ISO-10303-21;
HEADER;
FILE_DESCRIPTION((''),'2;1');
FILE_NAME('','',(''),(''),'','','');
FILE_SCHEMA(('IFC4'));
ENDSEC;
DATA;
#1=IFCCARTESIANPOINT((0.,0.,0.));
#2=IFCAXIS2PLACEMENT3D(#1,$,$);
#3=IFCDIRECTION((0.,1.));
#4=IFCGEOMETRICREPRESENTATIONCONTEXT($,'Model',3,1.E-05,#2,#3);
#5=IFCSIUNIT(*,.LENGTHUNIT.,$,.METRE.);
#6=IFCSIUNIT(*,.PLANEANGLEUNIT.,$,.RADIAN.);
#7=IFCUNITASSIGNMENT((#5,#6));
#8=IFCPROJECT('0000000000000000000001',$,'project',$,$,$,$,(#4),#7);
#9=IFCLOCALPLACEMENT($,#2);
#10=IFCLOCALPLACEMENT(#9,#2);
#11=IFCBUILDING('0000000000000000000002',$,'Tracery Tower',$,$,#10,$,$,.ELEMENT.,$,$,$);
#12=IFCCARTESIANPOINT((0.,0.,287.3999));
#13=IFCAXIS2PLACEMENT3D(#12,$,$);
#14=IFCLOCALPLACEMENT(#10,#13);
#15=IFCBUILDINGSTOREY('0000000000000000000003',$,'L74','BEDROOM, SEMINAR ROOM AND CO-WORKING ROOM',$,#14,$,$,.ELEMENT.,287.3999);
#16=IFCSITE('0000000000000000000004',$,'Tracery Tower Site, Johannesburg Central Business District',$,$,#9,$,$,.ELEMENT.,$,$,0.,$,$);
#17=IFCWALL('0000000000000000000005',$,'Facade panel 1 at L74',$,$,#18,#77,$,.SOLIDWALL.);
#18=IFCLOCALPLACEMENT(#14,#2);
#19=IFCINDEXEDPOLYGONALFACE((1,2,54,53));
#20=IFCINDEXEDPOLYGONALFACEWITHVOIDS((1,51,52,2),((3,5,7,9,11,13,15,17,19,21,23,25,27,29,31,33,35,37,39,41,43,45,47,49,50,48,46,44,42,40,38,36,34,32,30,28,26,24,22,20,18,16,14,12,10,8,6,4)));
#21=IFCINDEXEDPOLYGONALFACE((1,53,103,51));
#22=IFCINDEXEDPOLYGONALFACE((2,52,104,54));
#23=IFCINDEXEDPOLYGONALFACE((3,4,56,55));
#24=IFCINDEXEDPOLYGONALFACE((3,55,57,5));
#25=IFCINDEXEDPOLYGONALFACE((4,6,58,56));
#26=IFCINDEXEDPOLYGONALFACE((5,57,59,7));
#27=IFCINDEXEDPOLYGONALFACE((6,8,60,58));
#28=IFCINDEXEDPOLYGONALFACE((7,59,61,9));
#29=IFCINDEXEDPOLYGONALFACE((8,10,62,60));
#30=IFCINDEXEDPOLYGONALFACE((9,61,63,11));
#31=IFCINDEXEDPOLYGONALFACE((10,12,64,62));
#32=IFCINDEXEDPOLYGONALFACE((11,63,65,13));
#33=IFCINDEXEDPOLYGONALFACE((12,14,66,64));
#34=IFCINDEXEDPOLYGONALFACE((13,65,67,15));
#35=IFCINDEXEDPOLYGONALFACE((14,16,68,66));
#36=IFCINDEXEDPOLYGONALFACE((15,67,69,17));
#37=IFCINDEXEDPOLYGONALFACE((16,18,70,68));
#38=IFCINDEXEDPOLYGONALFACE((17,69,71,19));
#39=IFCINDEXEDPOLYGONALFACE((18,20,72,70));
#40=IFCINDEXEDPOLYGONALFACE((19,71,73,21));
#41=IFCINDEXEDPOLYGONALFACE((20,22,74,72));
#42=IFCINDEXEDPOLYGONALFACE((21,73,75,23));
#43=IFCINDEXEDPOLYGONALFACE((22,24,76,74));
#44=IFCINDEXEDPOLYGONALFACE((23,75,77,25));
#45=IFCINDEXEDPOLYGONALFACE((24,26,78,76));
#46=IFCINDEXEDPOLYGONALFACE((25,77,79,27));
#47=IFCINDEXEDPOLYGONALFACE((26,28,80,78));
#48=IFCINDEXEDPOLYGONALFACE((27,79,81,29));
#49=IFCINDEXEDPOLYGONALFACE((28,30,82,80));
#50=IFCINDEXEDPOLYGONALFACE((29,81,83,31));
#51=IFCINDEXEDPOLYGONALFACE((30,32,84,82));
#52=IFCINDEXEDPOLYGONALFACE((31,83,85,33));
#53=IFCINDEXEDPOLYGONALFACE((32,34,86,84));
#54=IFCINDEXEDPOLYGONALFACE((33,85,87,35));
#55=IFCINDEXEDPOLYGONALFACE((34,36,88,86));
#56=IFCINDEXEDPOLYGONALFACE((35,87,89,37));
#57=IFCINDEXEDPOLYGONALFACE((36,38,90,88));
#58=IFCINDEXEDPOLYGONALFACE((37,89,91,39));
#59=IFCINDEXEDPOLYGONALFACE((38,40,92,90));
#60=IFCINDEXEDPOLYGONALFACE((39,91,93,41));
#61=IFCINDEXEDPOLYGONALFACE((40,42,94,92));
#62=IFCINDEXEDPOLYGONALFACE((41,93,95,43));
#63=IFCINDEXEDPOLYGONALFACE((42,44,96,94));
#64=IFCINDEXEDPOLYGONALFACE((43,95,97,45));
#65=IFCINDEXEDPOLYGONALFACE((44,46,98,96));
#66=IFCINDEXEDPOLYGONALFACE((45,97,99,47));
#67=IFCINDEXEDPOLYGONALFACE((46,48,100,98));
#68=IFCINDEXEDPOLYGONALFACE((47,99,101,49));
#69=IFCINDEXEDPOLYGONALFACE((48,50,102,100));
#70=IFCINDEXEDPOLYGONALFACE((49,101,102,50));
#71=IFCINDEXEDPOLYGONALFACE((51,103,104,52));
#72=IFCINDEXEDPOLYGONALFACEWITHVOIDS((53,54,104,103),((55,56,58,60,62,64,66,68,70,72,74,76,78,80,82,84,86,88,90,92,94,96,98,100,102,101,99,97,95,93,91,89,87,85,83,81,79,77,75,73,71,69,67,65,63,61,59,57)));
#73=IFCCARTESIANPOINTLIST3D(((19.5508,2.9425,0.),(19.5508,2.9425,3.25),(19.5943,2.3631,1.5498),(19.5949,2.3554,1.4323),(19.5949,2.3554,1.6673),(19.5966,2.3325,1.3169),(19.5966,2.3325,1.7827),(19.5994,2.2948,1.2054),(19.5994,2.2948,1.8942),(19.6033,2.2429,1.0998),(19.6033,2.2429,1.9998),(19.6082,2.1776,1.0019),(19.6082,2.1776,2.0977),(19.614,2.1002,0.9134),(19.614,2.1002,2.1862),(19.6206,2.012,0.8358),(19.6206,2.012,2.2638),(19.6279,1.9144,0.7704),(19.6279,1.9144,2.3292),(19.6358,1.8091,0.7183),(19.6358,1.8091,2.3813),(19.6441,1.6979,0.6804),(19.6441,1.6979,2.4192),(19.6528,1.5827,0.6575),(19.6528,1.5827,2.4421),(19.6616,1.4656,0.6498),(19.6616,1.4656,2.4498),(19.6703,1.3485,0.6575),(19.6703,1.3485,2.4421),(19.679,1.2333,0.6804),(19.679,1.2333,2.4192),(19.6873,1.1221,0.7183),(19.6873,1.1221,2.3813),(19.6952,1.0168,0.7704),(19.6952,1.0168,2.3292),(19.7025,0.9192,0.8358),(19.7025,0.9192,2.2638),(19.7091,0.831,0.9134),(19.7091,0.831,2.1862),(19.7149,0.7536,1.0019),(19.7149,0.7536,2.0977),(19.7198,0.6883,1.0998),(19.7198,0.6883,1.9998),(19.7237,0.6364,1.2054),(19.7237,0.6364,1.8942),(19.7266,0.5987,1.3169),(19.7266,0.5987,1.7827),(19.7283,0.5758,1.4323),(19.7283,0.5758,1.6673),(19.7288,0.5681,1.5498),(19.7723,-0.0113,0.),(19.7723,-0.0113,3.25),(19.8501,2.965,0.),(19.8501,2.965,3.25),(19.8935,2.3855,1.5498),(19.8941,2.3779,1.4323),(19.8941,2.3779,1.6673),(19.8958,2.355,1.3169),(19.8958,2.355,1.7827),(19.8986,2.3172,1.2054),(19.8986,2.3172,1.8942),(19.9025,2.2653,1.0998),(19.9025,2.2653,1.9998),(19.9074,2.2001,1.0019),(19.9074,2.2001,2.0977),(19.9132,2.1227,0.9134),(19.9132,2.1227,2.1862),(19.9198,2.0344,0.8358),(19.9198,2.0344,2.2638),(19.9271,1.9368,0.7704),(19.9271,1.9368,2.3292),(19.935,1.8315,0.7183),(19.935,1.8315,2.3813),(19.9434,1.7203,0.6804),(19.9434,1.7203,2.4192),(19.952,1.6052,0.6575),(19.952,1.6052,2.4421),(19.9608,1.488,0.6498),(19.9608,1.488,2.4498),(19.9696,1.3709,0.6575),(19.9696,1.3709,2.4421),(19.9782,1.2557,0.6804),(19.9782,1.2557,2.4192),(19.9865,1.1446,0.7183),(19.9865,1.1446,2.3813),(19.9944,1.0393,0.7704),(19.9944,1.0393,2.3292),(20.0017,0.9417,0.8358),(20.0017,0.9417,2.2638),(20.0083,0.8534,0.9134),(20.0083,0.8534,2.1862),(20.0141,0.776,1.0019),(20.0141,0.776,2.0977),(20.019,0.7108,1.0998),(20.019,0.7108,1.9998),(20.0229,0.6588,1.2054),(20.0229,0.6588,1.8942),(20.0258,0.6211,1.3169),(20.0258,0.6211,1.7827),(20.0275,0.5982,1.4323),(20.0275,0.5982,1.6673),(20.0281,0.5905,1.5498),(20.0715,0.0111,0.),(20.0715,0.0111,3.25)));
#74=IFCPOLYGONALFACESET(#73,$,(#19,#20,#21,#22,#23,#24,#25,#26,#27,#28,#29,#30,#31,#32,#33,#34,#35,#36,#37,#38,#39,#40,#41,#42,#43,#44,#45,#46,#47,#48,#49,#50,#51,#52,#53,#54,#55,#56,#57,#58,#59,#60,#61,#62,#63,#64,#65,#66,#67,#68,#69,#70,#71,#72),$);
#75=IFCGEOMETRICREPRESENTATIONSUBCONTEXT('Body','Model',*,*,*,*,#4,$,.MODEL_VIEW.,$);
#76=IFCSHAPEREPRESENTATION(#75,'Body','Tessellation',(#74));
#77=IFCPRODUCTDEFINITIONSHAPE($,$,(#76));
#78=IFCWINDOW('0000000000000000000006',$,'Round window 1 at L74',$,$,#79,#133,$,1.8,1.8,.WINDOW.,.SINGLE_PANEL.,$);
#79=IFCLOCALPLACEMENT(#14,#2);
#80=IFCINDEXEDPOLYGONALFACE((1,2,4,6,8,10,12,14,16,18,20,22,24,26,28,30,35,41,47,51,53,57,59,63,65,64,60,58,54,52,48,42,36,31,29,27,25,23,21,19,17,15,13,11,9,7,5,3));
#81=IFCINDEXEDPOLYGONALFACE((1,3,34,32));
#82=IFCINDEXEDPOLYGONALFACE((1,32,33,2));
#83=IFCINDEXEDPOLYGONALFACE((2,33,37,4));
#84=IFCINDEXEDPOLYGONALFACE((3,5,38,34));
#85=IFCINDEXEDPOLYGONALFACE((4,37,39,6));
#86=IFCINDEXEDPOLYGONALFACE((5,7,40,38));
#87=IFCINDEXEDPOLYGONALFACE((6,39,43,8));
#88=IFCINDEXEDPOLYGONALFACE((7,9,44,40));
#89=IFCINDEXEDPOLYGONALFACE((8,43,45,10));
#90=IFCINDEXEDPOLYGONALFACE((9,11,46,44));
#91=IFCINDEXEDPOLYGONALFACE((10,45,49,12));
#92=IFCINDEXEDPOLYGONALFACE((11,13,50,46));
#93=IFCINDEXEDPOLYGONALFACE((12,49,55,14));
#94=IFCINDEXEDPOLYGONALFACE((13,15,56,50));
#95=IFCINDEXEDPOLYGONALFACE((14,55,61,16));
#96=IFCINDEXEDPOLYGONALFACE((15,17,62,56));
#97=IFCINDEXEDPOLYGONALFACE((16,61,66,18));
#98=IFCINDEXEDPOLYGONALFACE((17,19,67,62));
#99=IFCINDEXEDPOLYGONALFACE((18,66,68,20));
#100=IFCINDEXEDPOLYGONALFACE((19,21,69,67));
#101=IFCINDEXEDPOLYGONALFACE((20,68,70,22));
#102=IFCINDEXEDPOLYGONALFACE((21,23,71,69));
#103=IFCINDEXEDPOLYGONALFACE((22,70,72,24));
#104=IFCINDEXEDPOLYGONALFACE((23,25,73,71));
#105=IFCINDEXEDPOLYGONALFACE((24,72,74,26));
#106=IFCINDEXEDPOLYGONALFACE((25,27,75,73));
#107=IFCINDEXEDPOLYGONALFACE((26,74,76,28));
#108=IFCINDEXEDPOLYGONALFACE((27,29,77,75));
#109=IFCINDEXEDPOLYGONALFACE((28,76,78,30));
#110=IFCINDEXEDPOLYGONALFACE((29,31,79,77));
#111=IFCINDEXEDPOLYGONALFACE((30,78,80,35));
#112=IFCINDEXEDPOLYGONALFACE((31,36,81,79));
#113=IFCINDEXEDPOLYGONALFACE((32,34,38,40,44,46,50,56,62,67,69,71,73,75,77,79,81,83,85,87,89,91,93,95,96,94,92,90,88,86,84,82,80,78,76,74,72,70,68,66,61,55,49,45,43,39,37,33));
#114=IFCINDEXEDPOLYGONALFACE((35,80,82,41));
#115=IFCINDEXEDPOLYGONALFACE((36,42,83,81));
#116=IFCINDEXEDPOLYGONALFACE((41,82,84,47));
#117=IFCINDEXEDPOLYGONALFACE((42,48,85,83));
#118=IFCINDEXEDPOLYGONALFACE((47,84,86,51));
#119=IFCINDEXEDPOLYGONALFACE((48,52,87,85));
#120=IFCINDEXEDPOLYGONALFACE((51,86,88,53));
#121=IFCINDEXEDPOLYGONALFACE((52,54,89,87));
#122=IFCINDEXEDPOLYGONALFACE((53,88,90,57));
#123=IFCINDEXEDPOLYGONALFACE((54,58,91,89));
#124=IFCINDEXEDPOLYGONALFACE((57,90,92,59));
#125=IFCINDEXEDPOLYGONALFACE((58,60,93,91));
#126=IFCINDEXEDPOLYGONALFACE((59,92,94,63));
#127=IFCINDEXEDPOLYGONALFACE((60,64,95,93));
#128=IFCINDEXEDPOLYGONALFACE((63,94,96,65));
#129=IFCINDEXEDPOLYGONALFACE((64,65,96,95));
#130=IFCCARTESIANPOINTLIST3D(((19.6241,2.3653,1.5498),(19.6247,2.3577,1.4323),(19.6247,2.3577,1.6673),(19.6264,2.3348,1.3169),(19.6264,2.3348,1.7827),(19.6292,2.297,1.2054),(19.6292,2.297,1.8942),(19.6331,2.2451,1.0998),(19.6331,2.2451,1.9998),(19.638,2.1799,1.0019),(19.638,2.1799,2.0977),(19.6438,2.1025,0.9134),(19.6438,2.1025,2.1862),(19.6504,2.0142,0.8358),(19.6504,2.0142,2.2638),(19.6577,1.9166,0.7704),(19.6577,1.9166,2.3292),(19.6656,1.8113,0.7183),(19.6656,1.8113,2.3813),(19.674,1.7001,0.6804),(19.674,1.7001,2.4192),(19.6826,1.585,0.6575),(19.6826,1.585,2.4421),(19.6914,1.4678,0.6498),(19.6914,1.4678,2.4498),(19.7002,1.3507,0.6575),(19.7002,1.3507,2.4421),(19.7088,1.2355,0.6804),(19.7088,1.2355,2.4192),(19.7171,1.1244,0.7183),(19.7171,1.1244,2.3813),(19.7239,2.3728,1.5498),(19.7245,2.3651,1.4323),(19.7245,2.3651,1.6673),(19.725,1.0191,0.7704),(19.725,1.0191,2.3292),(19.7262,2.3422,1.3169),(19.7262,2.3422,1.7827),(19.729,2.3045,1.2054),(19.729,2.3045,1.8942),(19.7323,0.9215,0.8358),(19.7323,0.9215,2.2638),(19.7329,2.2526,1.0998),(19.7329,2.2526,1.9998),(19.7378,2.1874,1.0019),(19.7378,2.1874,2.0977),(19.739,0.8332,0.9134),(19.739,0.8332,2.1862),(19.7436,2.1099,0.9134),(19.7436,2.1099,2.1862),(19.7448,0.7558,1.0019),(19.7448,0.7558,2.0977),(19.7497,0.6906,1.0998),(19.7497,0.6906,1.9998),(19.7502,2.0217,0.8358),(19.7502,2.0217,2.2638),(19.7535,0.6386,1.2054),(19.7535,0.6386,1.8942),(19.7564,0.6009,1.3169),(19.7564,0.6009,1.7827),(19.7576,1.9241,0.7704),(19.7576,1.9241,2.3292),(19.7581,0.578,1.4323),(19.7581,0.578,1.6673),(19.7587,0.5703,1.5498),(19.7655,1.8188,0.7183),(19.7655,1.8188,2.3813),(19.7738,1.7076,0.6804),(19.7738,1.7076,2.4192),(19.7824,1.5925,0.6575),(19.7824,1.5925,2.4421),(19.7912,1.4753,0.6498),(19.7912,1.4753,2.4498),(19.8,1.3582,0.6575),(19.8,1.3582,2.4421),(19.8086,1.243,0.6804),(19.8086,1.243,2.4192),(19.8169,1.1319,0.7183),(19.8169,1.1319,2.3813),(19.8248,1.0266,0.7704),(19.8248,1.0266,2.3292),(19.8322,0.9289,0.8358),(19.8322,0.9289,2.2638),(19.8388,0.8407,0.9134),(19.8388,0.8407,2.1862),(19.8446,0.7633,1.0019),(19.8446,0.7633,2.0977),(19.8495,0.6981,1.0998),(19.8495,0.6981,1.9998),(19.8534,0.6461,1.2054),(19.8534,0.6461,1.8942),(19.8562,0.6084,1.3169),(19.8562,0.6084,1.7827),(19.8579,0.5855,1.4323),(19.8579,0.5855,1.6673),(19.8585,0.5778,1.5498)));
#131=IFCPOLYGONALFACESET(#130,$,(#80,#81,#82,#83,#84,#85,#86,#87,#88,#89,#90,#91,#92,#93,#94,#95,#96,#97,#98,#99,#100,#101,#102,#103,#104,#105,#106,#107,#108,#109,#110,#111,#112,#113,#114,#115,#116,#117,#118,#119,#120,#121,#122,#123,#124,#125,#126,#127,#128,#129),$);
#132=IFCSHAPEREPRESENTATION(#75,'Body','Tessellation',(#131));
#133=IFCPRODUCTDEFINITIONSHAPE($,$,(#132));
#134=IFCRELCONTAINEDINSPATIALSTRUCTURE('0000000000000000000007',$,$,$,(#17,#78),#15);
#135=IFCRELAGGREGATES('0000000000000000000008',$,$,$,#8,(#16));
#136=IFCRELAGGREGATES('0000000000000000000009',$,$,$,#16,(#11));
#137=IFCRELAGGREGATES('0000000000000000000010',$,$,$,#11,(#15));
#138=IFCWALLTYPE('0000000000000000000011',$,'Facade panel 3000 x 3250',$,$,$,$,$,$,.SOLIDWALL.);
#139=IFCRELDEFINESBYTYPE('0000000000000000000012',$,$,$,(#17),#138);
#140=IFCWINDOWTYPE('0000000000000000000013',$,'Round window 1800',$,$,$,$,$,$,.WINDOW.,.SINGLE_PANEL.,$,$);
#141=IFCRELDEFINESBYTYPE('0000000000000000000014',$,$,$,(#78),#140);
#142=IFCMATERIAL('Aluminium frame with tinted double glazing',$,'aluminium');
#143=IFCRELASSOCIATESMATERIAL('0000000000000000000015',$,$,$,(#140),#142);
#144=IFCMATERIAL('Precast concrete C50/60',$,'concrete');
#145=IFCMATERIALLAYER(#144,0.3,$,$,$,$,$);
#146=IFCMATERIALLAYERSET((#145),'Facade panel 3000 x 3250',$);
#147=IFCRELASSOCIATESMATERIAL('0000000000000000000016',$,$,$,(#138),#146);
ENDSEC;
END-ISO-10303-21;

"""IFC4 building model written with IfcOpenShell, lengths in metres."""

from ifc_helpers import new_model, si_unit, direction, frame, frame_2d, origin, origin_2d, place, context, subcontext, project, spatial, rectangle, circle, extrude, material, layer, layer_set, type_object, element, fill, save


model = new_model("IFC4")

# Units and contexts
model_context = context("Model", 3, precision=1e-05, world=origin(), true_north=direction((0.0, 1.0)))
body_context = subcontext(model_context, "Body", "Model", "MODEL_VIEW")
ifc_project = project(units=[si_unit("LENGTHUNIT", "METRE"), si_unit("PLANEANGLEUNIT", "RADIAN")], contexts=[model_context])

# Site, building, storey
site_placement = place(None, origin())
site = spatial("IfcSite", under=ifc_project, at=site_placement, Name="Tracery Tower Site, Johannesburg Central Business District", CompositionType="ELEMENT", RefElevation=0.0)
building_placement = place(site_placement, origin())
building = spatial("IfcBuilding", under=site, at=building_placement, Name="Tracery Tower", CompositionType="ELEMENT")
storey_placement = place(building_placement, frame((0.0, 0.0, 287.3999)))
storey = spatial("IfcBuildingStorey", under=building, at=storey_placement, Name="L74", Description="BEDROOM, SEMINAR ROOM AND CO-WORKING ROOM", CompositionType="ELEMENT", Elevation=287.3999)

# Wall, opening, window
ifc_material_1 = material(Name="Aluminium frame with tinted double glazing", Category="aluminium")
window_type = type_object("IfcWindowType", Name="Round window 1800", PartitioningType="SINGLE_PANEL", PredefinedType="WINDOW", material=ifc_material_1)
ifc_material_2 = material(Name="Precast concrete C50/60", Category="concrete")
ifc_layer_1 = layer(ifc_material_2, 0.3)
ifc_layer_set_1 = layer_set([ifc_layer_1], Name="Facade panel 3000 x 3250")
wall_type_1 = type_object("IfcWallType", Name="Facade panel 3000 x 3250", PredefinedType="SOLIDWALL", material=ifc_layer_set_1)
wall_1_placement = place(storey_placement, frame((19.9219, 0.0, 0.0), z_axis=(0.0, 0.0, 1.0), x_axis=(-0.074755, 0.997202, 0.0)))
wall_1 = element("IfcWall", 1, at=wall_1_placement, inside=storey, type_object=wall_type_1, Name="Facade panel 1 at L74", PredefinedType="SOLIDWALL", context=body_context, shape_type="SweptSolid", body=[
    extrude(rectangle(XDim=2.9622, YDim=0.3, at=frame_2d((1.481, 0.0))), origin(), (0.0, 0.0, 1.0), 3.25),
])
opening_1_placement = place(wall_1_placement, frame((1.481, 0.0, 1.5498)))
opening_1 = element("IfcOpeningElement", 2, at=opening_1_placement, cuts=wall_1, PredefinedType="OPENING", context=body_context, shape_type="SweptSolid", body=[
    extrude(circle(Radius=0.9, at=origin_2d()), frame((0.0, 0.1599, 0.0), z_axis=(0.0, -1.0, 0.0), x_axis=(1.0, 0.0, 0.0)), (0.0, 0.0, 1.0), 0.3201),
])
window_1_placement = place(opening_1_placement, origin())
window_1 = element("IfcWindow", 3, at=window_1_placement, inside=storey, type_object=window_type, Name="Round window 1 at L74", OverallHeight=1.8, OverallWidth=1.8, PartitioningType="SINGLE_PANEL", PredefinedType="WINDOW", context=body_context, shape_type="SweptSolid", body=[
    extrude(circle(Radius=0.9, at=origin_2d()), frame((0.0, 0.1201, 0.0), z_axis=(0.0, -1.0, 0.0), x_axis=(1.0, 0.0, 0.0)), (0.0, 0.0, 1.0), 0.1001),
])
fill(opening_1, window_1)

save(model, "model.ifc")
